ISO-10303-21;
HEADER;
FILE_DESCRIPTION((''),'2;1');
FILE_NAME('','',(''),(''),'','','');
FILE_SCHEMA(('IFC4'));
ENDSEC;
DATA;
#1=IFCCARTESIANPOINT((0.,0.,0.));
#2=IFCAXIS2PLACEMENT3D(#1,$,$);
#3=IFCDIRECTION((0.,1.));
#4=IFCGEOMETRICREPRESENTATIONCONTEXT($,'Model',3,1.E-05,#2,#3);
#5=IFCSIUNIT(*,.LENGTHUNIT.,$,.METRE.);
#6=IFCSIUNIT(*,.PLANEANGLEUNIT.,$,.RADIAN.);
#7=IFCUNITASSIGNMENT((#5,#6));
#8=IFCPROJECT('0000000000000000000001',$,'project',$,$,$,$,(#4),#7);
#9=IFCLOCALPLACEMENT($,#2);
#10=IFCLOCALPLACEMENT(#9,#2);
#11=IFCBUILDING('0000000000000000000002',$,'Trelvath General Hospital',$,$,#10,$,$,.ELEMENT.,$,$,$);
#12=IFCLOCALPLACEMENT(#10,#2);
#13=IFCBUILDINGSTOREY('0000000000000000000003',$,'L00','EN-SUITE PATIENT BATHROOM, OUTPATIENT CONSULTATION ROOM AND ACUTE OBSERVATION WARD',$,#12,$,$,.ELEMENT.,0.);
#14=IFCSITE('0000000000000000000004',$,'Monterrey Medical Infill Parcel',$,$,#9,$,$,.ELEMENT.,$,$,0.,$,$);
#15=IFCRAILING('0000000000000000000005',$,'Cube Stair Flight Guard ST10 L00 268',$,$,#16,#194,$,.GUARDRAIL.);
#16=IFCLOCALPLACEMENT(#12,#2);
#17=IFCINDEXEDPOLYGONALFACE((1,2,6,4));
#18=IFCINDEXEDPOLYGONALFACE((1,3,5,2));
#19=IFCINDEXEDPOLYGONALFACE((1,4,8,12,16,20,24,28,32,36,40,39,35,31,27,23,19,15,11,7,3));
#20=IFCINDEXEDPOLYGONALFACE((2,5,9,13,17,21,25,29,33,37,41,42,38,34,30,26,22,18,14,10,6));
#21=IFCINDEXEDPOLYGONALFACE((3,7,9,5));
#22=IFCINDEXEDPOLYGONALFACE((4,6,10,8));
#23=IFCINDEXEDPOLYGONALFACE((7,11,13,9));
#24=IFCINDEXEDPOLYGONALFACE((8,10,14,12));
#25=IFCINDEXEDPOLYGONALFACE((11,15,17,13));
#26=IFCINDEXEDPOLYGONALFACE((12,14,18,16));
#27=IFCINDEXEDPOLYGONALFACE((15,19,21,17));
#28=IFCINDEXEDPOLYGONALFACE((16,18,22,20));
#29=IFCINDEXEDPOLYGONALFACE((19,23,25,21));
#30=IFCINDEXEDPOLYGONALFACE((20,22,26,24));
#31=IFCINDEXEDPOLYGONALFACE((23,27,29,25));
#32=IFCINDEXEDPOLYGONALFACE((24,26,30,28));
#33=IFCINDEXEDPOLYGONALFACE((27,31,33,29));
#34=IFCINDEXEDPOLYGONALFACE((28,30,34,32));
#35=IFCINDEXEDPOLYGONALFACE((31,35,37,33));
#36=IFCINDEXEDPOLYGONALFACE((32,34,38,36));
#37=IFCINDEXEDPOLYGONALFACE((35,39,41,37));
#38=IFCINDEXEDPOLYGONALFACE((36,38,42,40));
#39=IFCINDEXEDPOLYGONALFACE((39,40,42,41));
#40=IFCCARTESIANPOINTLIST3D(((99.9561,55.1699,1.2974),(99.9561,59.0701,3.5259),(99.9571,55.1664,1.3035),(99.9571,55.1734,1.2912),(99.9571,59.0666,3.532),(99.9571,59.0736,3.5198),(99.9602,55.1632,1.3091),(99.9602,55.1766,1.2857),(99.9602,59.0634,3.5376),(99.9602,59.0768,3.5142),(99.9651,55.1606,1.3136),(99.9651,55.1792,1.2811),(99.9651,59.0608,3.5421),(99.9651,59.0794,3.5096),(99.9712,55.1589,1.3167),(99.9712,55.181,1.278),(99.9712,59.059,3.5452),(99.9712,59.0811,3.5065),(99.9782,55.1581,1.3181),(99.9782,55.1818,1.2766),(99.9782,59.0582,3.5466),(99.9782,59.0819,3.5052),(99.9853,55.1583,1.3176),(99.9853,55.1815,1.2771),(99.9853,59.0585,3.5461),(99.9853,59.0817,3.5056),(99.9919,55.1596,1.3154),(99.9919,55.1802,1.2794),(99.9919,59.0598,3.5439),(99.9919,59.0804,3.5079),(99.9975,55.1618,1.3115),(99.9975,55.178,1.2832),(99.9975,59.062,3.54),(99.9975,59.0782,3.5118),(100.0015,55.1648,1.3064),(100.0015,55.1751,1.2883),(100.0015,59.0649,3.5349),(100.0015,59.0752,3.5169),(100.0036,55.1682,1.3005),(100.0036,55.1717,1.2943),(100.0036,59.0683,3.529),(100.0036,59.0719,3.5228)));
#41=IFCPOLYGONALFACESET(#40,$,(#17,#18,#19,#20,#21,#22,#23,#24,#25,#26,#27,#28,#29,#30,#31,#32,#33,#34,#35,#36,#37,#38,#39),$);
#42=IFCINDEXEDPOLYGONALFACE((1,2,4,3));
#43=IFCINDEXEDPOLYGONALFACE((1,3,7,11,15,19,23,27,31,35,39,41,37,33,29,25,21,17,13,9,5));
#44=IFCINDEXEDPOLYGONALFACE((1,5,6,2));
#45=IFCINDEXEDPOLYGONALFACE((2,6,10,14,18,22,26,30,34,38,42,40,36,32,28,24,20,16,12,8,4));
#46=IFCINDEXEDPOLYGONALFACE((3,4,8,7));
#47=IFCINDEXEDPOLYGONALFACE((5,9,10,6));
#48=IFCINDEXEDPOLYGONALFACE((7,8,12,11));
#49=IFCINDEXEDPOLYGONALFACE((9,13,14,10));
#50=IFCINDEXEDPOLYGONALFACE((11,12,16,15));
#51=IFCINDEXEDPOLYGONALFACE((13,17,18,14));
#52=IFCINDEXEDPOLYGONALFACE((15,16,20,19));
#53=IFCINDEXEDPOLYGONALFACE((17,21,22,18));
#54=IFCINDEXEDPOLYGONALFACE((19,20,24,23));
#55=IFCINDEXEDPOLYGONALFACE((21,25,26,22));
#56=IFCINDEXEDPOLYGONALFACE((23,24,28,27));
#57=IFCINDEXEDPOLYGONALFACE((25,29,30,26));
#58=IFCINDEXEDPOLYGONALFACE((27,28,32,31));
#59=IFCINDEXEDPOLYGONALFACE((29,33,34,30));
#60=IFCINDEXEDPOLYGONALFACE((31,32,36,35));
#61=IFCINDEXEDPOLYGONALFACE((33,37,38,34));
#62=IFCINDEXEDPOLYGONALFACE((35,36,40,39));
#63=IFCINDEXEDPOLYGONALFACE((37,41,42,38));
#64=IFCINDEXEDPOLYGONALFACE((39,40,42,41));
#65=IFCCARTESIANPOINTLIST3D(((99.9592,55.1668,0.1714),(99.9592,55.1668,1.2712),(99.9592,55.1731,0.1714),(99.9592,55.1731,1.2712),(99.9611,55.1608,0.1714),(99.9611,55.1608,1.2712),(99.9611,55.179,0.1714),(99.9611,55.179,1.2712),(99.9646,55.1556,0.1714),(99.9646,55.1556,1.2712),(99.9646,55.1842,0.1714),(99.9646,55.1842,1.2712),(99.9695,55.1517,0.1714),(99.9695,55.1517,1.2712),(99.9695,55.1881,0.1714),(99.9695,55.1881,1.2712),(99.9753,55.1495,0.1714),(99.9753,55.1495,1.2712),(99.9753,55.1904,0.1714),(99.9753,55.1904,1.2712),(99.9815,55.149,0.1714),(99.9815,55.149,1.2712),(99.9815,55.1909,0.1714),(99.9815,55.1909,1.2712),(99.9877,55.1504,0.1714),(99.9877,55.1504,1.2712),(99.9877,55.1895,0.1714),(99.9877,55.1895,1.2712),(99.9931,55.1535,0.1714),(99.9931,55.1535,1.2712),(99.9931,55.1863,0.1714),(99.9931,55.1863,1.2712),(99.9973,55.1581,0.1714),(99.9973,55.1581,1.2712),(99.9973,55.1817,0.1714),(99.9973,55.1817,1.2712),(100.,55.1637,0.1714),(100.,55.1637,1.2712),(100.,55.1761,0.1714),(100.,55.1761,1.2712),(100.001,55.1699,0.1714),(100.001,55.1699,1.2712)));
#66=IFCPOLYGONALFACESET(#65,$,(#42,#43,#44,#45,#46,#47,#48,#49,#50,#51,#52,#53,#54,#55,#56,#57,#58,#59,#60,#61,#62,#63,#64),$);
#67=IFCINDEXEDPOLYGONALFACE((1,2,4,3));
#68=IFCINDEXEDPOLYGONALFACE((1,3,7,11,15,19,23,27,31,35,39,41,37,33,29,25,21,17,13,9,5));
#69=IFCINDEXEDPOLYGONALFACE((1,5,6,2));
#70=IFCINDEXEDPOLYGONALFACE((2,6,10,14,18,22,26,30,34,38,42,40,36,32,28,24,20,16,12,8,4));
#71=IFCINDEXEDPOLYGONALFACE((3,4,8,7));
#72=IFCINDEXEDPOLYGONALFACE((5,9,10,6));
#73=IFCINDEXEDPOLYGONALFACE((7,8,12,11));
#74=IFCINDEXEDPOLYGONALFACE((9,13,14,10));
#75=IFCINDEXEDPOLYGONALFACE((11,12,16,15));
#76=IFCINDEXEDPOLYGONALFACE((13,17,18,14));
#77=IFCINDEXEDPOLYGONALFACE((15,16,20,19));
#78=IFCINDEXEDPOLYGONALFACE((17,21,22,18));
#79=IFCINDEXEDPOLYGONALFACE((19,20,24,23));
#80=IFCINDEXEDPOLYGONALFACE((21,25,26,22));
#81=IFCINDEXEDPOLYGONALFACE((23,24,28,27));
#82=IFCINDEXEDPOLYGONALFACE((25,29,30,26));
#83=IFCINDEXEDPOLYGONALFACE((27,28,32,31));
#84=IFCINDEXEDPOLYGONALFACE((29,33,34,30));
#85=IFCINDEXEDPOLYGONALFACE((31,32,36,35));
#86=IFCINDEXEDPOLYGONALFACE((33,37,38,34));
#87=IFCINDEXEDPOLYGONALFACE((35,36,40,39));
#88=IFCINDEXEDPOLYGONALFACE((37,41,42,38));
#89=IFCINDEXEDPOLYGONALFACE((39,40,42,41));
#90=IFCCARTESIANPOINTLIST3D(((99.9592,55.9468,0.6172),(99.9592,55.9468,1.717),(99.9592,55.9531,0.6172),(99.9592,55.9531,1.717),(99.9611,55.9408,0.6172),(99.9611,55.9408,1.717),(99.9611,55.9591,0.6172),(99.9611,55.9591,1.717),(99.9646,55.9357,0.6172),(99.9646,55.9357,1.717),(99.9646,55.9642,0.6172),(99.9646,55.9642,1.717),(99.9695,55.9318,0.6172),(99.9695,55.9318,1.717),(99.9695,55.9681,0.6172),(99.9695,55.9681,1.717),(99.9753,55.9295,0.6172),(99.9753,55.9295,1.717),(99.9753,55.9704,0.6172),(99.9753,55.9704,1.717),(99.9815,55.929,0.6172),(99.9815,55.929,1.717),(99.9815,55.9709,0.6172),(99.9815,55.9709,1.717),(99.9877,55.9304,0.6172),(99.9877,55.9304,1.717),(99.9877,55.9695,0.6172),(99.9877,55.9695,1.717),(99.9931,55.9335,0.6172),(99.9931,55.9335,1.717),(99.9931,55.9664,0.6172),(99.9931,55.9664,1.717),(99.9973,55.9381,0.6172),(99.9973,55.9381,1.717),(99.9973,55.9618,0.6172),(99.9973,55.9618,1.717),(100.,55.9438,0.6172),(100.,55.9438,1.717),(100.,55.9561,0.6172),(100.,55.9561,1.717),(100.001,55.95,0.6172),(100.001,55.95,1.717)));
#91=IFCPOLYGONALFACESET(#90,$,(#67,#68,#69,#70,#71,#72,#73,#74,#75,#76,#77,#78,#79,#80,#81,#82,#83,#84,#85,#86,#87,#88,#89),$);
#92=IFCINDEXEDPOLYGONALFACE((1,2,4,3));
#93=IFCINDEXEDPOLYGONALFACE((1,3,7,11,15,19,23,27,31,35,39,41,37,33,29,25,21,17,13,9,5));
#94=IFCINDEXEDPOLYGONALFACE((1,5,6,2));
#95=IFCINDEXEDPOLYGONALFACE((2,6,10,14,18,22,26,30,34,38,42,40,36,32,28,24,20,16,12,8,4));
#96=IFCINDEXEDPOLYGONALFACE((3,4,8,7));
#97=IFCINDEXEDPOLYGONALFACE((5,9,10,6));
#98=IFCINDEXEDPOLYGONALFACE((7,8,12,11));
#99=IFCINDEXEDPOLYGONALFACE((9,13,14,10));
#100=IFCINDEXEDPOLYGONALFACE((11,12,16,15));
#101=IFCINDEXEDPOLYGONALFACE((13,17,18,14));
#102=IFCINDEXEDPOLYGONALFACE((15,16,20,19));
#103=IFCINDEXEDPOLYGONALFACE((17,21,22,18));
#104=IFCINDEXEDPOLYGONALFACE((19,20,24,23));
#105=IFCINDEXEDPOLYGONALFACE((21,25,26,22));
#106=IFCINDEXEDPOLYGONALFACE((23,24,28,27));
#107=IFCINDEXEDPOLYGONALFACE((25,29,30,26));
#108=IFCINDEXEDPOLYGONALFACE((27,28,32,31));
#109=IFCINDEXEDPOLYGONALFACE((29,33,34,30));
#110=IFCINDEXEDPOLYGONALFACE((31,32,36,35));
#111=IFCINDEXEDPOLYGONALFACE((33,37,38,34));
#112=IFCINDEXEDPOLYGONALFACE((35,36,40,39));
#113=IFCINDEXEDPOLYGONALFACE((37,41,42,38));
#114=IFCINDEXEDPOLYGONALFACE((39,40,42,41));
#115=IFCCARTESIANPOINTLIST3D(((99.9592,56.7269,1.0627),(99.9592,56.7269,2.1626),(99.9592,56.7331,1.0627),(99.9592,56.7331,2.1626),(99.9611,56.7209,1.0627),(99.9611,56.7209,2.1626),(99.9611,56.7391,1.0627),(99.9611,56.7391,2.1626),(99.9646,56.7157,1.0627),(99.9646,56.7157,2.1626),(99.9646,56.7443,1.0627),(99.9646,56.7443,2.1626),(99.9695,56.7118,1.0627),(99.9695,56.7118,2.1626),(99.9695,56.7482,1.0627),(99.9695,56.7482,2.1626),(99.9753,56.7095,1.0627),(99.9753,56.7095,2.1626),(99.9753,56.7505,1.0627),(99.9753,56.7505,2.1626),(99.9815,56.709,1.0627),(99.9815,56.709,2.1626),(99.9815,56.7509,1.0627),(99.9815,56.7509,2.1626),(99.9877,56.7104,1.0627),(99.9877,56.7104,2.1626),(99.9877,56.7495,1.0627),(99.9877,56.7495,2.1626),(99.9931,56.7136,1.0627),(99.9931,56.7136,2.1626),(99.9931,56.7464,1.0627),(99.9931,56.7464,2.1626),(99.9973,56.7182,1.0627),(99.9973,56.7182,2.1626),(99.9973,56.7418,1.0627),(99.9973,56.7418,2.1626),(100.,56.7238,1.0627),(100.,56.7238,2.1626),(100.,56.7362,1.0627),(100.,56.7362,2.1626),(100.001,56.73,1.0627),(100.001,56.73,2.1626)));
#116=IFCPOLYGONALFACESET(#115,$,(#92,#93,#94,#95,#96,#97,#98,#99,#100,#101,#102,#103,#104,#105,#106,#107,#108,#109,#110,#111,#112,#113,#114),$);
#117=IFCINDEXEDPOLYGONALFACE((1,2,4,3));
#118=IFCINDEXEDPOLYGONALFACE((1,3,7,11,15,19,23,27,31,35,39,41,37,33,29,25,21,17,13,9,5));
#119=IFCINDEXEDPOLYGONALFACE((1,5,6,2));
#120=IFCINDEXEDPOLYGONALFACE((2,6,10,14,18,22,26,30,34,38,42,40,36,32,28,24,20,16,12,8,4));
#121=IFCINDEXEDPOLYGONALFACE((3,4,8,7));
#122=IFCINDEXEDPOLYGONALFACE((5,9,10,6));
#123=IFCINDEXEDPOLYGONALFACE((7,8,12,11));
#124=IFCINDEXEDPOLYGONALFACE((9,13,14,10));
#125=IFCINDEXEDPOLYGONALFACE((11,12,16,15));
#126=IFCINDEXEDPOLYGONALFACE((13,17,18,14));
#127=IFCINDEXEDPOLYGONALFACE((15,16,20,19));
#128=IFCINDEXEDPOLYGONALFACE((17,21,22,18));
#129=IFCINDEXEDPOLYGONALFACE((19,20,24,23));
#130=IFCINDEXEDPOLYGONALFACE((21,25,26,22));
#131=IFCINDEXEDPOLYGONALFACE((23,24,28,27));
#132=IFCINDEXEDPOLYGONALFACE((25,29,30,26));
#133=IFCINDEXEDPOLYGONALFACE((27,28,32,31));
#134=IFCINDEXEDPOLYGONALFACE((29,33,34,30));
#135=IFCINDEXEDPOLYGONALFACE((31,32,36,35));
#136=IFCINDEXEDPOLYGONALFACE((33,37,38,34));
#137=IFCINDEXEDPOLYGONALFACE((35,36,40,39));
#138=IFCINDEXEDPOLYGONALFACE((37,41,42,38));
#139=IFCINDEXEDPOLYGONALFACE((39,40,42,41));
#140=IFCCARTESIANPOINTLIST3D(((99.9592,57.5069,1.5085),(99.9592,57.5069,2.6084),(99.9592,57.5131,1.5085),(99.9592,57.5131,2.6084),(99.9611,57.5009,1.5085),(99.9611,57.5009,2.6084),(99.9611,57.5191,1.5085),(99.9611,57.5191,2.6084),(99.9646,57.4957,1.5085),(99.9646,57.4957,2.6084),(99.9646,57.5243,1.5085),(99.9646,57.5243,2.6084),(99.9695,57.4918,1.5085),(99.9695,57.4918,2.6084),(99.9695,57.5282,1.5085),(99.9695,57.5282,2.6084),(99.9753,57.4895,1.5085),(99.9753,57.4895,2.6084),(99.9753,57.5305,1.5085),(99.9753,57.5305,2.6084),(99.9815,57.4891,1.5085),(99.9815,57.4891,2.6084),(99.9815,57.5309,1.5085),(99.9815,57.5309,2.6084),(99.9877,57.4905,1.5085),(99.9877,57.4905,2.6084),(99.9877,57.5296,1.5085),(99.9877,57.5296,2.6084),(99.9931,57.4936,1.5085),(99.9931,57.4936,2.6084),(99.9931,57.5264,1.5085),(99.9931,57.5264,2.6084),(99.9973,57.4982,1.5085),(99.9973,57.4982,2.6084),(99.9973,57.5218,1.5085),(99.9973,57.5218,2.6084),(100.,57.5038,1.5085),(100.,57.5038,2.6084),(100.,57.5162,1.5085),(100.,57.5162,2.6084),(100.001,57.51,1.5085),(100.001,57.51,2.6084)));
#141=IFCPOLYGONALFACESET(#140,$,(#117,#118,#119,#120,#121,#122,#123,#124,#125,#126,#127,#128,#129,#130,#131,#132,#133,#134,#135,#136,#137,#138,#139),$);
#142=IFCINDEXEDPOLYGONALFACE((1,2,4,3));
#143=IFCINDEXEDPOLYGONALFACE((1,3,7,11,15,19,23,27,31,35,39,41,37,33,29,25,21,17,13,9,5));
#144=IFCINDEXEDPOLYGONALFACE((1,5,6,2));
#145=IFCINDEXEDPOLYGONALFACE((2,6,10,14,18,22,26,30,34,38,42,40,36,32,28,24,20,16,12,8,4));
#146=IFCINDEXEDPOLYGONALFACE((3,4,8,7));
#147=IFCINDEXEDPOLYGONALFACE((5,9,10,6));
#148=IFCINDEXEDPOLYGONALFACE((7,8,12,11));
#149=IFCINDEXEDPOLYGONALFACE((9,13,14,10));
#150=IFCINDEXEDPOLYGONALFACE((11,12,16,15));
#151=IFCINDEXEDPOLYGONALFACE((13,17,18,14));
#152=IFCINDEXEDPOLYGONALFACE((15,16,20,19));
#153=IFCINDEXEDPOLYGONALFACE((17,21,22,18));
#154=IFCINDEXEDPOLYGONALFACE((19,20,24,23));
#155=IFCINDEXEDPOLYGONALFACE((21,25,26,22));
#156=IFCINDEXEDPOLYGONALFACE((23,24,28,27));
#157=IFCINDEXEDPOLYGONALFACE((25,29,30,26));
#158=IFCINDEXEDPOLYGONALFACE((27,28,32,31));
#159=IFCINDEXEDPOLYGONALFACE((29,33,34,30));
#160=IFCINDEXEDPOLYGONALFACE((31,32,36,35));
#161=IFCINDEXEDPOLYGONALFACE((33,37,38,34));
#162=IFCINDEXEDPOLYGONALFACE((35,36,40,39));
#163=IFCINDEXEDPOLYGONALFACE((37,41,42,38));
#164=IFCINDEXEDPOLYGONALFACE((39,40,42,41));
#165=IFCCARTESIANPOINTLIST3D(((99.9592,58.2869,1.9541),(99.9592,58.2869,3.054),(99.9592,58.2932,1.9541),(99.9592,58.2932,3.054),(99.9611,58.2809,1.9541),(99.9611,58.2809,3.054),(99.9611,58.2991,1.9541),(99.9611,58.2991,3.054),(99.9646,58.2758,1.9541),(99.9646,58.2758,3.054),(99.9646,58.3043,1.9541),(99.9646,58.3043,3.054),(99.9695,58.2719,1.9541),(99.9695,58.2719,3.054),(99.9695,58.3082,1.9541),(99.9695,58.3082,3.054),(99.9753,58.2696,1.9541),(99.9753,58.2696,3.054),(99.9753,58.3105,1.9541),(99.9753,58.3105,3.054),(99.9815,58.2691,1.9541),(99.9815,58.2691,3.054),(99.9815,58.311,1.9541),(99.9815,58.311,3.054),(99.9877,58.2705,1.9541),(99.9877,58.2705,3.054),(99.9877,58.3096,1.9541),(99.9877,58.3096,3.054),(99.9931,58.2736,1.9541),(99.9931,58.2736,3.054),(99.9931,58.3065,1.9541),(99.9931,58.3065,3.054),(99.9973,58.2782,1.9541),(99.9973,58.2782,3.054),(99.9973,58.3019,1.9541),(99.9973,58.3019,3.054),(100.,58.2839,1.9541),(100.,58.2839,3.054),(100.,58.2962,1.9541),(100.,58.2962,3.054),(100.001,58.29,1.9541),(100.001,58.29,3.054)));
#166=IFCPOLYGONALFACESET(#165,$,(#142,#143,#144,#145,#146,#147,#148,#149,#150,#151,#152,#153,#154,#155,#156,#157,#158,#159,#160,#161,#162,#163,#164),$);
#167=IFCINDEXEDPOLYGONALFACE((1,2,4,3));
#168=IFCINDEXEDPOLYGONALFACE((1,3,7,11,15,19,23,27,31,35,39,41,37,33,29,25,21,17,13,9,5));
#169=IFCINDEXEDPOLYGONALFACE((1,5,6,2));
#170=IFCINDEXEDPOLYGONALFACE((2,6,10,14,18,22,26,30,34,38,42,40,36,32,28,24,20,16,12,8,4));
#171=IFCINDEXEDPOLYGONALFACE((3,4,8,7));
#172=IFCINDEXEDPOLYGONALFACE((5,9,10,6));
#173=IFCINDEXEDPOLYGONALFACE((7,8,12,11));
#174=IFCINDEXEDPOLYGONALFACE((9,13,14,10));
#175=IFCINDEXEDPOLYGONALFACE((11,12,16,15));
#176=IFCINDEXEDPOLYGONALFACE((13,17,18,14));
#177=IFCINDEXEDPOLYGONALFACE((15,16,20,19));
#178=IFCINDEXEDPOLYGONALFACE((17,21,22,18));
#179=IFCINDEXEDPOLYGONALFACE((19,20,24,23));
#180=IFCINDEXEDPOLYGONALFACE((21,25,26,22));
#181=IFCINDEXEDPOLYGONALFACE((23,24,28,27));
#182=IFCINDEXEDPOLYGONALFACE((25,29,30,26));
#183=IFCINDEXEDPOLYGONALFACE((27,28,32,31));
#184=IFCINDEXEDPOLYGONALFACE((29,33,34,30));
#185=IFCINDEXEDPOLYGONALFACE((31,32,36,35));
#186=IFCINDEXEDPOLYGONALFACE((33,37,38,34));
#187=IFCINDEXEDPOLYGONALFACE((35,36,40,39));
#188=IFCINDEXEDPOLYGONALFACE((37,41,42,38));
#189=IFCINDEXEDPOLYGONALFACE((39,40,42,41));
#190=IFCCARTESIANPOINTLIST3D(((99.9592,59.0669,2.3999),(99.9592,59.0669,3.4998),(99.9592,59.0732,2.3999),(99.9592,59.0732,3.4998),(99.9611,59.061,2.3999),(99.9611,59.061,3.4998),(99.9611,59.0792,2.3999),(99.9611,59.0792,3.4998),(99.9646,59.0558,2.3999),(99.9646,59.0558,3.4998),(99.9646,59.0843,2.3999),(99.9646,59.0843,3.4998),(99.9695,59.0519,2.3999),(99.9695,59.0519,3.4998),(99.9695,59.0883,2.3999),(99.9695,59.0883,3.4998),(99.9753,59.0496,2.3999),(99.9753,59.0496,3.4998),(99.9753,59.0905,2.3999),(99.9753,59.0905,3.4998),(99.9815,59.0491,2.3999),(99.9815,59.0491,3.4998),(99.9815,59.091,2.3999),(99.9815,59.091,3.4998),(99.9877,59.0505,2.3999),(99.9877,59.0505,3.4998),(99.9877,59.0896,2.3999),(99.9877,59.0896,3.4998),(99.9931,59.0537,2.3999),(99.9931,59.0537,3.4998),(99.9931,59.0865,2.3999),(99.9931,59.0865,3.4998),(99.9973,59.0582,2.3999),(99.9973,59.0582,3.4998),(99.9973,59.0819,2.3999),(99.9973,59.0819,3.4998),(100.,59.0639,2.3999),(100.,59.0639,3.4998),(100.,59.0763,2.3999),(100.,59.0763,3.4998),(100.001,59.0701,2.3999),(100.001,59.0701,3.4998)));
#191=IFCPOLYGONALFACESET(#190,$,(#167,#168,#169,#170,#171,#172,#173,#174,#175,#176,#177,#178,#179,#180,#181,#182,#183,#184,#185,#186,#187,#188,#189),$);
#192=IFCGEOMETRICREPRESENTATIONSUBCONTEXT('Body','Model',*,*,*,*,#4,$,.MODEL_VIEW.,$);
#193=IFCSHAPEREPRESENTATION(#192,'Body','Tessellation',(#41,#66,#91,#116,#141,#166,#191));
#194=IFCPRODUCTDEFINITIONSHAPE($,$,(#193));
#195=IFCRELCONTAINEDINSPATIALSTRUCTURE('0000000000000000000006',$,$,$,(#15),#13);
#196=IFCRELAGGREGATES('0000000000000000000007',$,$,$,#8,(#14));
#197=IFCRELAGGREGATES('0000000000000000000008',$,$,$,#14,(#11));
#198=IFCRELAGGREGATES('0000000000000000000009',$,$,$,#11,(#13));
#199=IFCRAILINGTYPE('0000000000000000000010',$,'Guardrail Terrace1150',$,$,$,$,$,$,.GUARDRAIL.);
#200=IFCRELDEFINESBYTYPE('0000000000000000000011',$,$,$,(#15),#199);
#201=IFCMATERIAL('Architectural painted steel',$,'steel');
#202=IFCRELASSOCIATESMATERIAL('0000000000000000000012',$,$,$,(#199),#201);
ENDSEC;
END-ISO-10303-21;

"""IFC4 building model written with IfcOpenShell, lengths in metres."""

from ifc_helpers import new_model, si_unit, direction, frame, origin, origin_2d, place, context, subcontext, project, spatial, circle, extrude, material, type_object, element, save


model = new_model("IFC4")

# Units and contexts
model_context = context("Model", 3, precision=1e-05, world=origin(), true_north=direction((0.0, 1.0)))
body_context = subcontext(model_context, "Body", "Model", "MODEL_VIEW")
ifc_project = project(units=[si_unit("LENGTHUNIT", "METRE"), si_unit("PLANEANGLEUNIT", "RADIAN")], contexts=[model_context])

# Site, building, storey
site_placement = place(None, origin())
site = spatial("IfcSite", under=ifc_project, at=site_placement, Name="Monterrey Medical Infill Parcel", CompositionType="ELEMENT", RefElevation=0.0)
building_placement = place(site_placement, origin())
building = spatial("IfcBuilding", under=site, at=building_placement, Name="Trelvath General Hospital", CompositionType="ELEMENT")
storey_placement = place(building_placement, origin())
storey = spatial("IfcBuildingStorey", under=building, at=storey_placement, Name="L00", Description="EN-SUITE PATIENT BATHROOM, OUTPATIENT CONSULTATION ROOM AND ACUTE OBSERVATION WARD", CompositionType="ELEMENT", Elevation=0.0)

# Railing
ifc_material_1 = material(Name="Architectural painted steel", Category="steel")
railing_type = type_object("IfcRailingType", Name="Guardrail Terrace1150", PredefinedType="GUARDRAIL", material=ifc_material_1)
for number, where, name in (
    (1, (99.98, 55.1699, 0.1714), "Cube Stair Flight Guard ST10 L00 268"),
):
    element("IfcRailing", number, at=place(storey_placement, frame(where)), inside=storey, type_object=railing_type, Name=name, PredefinedType="GUARDRAIL", context=body_context, shape_type="SweptSolid", body=[
        extrude(circle(Radius=0.0239, at=origin_2d()), frame((0.0, 0.0, 1.126), z_axis=(0.0, 0.868257, 0.496116), x_axis=(-1.0, 0.0, 0.0)), (0.0, 0.0, 1.0), 4.4919),
        extrude(circle(Radius=0.021, at=origin_2d()), origin(), (0.0, 0.0, 1.0), 1.0999),
        extrude(circle(Radius=0.021, at=origin_2d()), frame((0.0, 0.78, 0.4458)), (0.0, 0.0, 1.0), 1.0999),
        extrude(circle(Radius=0.021, at=origin_2d()), frame((0.0, 1.5601, 0.8914)), (0.0, 0.0, 1.0), 1.0999),
        extrude(circle(Radius=0.021, at=origin_2d()), frame((0.0, 2.3401, 1.3372)), (0.0, 0.0, 1.0), 1.0999),
        extrude(circle(Radius=0.021, at=origin_2d()), frame((0.0, 3.1201, 1.7827)), (0.0, 0.0, 1.0), 1.0999),
        extrude(circle(Radius=0.021, at=origin_2d()), frame((0.0, 3.9001, 2.2285)), (0.0, 0.0, 1.0), 1.0999),
    ])

save(model, "model.ifc")
